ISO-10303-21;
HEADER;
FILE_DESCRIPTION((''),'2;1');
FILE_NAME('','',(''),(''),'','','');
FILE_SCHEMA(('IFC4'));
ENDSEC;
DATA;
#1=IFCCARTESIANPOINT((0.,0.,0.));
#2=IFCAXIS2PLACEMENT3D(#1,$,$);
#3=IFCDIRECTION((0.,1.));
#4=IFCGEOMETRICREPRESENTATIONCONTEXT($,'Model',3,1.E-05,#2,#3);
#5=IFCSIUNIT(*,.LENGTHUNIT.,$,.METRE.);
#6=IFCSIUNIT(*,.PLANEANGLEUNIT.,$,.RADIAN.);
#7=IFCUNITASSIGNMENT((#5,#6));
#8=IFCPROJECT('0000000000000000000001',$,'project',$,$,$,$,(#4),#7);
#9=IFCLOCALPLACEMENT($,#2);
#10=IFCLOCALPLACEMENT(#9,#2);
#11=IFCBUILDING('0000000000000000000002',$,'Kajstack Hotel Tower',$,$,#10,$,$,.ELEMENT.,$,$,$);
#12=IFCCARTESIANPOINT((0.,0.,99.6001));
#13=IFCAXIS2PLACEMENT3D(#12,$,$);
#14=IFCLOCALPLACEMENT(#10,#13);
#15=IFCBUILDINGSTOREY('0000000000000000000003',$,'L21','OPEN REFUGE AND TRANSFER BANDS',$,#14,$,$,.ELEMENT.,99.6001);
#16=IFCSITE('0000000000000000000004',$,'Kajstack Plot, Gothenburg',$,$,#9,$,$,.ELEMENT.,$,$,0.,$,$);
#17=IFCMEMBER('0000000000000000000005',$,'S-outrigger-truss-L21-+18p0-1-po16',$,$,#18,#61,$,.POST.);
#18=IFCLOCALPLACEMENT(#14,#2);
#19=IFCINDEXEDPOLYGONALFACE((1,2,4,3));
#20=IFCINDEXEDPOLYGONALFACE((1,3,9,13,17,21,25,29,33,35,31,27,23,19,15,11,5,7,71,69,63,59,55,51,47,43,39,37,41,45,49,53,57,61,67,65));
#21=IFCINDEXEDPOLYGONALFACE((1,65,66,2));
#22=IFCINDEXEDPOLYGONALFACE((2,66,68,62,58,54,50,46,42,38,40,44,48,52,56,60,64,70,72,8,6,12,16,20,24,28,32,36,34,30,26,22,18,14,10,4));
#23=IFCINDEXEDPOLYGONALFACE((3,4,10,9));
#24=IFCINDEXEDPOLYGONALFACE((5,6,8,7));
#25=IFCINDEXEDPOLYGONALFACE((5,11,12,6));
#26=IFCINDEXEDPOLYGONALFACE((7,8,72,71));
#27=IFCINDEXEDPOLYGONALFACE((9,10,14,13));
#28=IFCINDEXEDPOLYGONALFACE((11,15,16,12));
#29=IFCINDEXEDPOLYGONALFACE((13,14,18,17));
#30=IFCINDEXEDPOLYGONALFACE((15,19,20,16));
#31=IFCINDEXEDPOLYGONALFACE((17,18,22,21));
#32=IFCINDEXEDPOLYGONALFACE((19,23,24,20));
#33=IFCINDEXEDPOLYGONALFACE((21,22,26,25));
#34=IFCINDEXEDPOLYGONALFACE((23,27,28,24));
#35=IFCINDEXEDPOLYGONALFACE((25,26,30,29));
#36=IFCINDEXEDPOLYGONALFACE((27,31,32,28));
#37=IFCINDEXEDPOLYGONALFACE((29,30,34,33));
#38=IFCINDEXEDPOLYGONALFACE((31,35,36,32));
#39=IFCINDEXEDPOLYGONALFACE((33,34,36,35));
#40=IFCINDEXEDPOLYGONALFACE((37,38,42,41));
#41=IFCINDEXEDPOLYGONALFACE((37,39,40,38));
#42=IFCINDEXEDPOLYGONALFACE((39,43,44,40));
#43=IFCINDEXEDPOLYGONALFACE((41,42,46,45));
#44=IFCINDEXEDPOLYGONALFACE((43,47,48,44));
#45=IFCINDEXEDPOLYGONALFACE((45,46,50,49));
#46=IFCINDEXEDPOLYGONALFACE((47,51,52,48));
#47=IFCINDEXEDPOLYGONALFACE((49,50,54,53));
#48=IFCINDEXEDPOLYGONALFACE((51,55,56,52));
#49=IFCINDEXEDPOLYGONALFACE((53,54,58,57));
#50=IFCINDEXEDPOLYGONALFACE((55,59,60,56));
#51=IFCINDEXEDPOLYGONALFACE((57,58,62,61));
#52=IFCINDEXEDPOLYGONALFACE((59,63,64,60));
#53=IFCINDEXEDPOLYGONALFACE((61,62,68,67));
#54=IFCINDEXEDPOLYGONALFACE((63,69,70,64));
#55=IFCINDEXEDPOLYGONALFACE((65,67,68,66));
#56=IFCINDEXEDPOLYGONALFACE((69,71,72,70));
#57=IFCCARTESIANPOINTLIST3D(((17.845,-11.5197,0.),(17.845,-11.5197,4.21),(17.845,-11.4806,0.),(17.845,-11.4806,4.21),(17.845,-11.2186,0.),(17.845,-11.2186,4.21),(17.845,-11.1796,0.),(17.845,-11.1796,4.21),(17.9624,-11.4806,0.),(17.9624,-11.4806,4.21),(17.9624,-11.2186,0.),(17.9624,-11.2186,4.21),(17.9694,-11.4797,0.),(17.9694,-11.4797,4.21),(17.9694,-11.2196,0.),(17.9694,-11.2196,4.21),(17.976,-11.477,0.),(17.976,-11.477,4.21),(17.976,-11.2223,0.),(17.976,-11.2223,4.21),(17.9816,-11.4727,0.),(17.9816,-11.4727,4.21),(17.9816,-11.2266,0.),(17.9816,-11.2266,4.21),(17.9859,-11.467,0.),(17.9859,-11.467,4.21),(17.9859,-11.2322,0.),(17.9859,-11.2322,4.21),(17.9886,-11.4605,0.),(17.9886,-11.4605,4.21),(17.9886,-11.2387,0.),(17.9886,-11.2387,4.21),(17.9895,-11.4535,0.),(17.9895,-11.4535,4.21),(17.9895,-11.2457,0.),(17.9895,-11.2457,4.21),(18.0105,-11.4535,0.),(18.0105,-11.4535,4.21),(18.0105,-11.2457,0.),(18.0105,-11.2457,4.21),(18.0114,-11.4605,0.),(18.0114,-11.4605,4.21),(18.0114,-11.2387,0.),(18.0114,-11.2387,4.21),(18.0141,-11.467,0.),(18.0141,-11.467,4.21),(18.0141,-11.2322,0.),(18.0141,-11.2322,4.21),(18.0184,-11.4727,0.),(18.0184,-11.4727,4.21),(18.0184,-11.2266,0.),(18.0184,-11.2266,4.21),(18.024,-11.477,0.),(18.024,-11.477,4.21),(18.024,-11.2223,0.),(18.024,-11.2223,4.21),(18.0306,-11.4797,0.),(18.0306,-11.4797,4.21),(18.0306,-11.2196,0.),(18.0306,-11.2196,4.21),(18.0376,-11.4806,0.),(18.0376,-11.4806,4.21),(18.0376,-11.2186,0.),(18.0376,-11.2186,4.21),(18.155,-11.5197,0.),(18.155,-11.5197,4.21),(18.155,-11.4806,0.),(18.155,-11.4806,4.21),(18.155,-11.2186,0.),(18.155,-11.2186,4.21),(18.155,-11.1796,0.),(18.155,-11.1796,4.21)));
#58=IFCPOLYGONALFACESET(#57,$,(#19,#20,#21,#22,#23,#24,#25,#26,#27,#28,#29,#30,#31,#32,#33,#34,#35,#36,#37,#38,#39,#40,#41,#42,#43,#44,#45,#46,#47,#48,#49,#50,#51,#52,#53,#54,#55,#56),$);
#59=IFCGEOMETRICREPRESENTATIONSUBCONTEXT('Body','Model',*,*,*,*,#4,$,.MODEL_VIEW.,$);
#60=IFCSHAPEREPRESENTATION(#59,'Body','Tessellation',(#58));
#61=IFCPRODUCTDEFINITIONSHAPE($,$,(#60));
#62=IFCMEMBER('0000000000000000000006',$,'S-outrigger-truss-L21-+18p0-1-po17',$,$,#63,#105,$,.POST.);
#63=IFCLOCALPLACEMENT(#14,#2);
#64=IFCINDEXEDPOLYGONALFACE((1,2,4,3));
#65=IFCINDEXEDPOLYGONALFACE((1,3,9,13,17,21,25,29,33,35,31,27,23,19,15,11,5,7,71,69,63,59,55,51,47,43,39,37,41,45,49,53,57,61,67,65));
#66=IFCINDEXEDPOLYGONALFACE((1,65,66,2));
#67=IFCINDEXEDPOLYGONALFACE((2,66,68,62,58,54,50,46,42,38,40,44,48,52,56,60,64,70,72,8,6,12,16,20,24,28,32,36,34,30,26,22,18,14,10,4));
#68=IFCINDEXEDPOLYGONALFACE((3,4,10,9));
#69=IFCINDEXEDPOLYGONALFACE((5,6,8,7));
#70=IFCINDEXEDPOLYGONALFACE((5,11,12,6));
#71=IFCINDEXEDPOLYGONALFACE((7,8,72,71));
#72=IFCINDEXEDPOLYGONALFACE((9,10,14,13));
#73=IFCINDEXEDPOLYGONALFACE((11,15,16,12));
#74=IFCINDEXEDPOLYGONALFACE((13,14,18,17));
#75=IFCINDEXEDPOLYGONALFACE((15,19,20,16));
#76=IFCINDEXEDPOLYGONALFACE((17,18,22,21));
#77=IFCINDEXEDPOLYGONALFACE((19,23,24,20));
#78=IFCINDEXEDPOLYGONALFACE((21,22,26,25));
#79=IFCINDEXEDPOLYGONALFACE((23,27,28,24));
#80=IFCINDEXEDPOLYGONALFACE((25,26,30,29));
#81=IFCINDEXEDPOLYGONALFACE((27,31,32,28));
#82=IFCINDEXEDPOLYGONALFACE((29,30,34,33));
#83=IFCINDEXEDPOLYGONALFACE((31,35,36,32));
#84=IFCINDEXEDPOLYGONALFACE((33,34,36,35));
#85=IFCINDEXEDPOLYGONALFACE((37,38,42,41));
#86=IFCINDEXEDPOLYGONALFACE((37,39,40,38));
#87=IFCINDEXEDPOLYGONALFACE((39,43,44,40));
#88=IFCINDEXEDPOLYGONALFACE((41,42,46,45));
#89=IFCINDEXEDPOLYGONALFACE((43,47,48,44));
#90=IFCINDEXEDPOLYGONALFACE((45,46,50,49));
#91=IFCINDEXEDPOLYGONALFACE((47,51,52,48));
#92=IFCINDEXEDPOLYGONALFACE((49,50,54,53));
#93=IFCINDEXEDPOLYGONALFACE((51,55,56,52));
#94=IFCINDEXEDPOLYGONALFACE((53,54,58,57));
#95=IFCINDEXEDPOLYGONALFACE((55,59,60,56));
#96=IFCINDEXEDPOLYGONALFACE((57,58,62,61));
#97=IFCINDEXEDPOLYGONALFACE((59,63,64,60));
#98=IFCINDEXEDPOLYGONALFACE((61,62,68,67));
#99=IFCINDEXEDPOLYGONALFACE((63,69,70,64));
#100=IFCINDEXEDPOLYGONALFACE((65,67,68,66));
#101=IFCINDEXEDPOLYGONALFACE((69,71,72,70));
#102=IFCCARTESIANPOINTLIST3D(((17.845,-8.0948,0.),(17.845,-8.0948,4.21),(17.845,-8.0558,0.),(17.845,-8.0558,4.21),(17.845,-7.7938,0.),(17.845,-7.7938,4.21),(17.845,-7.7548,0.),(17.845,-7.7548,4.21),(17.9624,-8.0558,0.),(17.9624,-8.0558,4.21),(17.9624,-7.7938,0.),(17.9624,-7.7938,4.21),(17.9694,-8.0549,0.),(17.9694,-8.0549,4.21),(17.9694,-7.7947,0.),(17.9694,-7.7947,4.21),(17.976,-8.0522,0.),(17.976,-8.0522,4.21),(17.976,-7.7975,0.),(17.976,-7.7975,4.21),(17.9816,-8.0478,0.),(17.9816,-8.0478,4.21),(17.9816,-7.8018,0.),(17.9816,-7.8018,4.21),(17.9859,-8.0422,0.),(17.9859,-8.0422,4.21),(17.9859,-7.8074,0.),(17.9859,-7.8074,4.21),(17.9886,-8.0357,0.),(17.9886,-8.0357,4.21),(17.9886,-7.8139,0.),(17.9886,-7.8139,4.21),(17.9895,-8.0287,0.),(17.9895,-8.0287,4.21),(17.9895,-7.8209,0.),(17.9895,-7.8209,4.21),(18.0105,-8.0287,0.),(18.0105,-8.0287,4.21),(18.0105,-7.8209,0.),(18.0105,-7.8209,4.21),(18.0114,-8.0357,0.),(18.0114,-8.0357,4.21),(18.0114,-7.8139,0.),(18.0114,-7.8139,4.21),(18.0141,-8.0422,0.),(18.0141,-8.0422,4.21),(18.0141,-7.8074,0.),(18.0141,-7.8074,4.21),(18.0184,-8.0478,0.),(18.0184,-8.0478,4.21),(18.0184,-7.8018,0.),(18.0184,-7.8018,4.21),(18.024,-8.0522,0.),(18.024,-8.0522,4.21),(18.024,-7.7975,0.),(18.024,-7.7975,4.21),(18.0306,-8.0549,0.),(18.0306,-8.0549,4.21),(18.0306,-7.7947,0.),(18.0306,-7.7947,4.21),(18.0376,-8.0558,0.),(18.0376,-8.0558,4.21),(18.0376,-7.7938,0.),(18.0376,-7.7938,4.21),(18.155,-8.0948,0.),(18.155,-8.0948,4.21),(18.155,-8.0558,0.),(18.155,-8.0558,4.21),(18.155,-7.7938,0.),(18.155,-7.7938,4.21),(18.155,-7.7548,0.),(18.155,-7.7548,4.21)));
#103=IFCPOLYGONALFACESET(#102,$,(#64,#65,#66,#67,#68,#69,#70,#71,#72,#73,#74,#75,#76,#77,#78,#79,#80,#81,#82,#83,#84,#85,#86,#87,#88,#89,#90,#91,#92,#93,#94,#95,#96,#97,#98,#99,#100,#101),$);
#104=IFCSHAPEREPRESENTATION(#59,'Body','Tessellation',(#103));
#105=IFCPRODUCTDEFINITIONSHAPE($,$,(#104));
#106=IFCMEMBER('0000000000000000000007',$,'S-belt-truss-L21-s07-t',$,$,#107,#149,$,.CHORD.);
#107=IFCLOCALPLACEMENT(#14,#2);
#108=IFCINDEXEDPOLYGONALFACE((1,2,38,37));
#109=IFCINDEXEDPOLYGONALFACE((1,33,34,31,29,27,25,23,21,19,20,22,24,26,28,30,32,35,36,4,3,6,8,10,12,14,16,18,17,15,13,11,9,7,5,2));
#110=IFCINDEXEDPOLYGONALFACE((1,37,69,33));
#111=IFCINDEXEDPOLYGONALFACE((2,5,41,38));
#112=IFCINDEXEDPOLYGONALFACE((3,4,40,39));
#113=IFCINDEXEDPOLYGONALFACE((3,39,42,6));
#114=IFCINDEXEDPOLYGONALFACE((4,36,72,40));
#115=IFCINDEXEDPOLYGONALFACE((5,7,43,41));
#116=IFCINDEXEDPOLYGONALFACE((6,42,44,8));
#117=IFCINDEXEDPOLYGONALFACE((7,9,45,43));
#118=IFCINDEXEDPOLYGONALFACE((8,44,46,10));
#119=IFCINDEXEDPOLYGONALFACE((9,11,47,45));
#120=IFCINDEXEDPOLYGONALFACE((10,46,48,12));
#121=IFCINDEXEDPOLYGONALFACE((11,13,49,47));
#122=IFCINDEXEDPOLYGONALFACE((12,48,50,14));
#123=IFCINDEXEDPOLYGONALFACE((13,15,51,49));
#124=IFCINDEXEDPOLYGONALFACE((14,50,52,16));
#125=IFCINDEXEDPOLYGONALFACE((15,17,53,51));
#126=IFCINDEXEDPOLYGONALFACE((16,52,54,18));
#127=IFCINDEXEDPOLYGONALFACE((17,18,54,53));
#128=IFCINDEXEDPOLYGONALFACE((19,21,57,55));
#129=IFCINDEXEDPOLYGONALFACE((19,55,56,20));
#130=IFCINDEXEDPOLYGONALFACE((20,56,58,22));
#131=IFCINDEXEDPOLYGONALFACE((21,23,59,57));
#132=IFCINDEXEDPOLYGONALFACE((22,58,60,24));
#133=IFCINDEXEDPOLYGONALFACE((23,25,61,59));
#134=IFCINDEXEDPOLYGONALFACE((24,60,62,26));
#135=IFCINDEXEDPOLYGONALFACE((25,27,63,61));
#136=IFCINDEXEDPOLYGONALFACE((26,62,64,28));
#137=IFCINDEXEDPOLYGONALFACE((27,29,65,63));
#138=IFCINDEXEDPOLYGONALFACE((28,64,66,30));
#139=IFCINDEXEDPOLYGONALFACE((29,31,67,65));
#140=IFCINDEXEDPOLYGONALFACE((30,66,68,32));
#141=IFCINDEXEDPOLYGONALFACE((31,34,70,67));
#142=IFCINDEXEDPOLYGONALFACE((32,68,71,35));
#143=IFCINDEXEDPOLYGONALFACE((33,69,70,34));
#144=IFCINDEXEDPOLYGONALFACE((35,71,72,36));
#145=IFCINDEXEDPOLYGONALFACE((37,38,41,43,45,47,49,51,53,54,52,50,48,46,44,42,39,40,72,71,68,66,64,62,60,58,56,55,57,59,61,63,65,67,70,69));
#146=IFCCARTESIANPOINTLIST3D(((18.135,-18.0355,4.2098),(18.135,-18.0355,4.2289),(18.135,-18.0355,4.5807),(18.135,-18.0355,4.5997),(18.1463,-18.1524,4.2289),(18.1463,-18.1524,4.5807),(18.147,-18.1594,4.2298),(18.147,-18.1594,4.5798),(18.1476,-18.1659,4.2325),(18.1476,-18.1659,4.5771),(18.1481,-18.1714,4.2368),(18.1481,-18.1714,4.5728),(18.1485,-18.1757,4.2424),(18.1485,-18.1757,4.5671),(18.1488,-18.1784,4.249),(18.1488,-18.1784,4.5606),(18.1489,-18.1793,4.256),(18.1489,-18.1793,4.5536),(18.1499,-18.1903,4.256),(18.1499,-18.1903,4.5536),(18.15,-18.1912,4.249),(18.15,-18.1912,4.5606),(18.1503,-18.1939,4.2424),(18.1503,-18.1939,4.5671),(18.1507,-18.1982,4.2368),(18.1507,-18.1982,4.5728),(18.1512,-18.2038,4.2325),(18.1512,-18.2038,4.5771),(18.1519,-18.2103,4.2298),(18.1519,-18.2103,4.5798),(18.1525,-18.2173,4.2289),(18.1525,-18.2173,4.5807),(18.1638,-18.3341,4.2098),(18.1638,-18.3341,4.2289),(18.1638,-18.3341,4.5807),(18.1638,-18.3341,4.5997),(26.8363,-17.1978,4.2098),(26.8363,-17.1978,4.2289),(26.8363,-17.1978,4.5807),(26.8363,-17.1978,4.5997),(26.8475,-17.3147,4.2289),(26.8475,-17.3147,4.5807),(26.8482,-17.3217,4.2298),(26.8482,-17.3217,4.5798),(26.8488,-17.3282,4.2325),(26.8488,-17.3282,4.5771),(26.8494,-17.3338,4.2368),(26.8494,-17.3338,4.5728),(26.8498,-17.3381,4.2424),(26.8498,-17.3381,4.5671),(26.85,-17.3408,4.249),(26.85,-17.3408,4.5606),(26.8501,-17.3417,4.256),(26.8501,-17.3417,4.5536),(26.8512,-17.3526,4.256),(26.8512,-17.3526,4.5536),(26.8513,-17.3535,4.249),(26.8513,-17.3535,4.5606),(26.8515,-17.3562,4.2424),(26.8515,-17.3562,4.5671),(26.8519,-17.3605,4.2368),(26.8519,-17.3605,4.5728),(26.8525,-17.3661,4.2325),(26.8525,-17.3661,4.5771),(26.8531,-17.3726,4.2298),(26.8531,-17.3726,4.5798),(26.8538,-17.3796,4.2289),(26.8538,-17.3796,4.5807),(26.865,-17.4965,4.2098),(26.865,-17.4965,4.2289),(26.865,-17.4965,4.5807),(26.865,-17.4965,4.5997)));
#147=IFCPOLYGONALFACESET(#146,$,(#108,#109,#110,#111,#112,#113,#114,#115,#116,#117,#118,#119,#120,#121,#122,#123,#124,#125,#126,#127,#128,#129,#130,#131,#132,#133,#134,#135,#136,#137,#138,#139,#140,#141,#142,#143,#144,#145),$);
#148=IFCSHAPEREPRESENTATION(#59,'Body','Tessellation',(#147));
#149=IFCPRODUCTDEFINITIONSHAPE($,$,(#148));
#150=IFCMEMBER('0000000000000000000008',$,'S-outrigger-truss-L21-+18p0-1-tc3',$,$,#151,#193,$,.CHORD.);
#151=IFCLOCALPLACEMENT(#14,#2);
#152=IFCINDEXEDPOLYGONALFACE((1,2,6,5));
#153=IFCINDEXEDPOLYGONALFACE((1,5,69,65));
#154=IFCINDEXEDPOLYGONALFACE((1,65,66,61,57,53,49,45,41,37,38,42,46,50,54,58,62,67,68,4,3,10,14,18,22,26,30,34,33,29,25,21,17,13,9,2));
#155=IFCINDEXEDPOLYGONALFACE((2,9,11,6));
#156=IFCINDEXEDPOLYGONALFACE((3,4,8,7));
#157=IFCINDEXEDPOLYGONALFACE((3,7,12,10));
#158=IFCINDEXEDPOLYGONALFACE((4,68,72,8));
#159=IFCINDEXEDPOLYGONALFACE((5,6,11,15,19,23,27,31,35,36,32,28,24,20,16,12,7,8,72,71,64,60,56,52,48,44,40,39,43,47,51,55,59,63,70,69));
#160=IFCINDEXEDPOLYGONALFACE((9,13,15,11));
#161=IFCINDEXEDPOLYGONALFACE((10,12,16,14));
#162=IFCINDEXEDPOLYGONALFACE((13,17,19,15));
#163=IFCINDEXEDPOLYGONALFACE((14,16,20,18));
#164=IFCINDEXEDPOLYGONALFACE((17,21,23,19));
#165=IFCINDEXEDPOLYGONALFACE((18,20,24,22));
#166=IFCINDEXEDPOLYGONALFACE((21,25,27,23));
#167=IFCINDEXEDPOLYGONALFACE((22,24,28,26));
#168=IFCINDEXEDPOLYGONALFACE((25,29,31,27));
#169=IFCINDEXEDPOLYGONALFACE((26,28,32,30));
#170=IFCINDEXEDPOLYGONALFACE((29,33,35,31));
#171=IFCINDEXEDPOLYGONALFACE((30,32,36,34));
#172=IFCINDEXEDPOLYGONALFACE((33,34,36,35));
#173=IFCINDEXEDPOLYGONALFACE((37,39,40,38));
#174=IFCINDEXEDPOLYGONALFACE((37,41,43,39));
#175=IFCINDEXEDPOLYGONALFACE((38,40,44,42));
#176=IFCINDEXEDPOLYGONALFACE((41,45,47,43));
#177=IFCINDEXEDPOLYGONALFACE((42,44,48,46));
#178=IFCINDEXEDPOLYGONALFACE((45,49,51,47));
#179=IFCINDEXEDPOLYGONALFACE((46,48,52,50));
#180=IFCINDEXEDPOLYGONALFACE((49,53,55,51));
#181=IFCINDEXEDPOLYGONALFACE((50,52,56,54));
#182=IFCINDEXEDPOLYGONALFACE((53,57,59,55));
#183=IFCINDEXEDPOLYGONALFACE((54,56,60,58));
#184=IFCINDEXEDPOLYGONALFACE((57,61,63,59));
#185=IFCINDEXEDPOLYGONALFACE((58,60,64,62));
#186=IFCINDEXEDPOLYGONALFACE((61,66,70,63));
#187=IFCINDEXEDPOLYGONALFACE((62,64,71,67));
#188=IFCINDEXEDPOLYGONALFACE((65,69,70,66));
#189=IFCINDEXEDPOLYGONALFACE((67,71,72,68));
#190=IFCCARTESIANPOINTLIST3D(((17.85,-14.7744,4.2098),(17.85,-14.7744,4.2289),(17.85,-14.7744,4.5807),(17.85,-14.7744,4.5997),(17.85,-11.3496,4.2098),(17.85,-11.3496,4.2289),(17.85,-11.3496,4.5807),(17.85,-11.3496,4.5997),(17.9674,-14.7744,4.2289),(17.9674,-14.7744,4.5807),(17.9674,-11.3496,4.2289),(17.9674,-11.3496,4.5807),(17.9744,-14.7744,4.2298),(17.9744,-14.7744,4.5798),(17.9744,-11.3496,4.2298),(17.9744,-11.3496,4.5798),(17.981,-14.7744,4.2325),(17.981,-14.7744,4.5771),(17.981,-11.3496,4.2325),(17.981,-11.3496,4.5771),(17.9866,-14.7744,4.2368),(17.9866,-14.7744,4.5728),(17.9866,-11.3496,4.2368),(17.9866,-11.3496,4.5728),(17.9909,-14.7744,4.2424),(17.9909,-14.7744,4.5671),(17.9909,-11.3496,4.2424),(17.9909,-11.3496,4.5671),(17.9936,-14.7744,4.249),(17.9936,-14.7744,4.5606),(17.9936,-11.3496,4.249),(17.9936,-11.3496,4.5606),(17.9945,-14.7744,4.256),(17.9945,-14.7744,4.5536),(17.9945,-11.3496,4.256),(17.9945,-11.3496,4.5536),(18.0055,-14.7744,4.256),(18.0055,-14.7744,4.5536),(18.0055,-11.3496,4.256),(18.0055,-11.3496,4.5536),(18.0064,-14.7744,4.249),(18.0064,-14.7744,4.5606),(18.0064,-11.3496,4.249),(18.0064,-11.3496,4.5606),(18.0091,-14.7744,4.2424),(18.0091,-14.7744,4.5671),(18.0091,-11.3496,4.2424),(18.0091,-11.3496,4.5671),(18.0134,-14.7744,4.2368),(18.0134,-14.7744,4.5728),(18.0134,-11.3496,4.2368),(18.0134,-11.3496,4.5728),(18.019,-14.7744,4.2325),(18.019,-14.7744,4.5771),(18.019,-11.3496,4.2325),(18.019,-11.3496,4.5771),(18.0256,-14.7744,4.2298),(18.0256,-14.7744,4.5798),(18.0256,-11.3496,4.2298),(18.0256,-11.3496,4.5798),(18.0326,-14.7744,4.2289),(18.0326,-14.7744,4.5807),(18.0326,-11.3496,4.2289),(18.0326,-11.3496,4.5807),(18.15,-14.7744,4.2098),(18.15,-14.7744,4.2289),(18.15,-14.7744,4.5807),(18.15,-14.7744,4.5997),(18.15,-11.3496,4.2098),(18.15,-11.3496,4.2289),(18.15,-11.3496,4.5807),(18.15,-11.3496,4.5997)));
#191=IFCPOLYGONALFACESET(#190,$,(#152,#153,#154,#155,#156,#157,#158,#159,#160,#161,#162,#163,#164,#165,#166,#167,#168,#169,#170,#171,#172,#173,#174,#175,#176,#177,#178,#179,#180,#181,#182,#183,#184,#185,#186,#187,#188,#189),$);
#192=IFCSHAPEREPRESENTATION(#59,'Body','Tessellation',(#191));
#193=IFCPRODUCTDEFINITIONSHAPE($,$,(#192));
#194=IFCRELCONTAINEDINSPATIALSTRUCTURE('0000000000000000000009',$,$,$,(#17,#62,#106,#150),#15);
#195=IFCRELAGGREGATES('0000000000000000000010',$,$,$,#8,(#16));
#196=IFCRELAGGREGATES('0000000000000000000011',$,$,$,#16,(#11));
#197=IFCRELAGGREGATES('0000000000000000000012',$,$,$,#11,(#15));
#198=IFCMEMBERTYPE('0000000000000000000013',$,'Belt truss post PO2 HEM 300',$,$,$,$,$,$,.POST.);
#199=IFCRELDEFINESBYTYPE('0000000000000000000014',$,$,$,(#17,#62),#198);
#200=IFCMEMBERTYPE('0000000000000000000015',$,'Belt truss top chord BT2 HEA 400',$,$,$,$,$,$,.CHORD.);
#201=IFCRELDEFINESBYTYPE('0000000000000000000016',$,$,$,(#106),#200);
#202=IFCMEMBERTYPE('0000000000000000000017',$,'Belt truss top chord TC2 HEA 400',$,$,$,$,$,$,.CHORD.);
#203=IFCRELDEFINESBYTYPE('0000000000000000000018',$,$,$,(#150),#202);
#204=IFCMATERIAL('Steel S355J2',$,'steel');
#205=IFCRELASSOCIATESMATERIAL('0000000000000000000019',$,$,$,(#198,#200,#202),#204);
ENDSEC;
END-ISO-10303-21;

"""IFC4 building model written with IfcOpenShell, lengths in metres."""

from ifc_helpers import new_model, si_unit, direction, frame, origin, origin_2d, place, context, subcontext, project, spatial, i_section, extrude, material, material_profile, profile_set, type_object, element, save


model = new_model("IFC4")

# Units and contexts
model_context = context("Model", 3, precision=1e-05, world=origin(), true_north=direction((0.0, 1.0)))
body_context = subcontext(model_context, "Body", "Model", "MODEL_VIEW")
ifc_project = project(units=[si_unit("LENGTHUNIT", "METRE"), si_unit("PLANEANGLEUNIT", "RADIAN")], contexts=[model_context])

# Site, building, storey
site_placement = place(None, origin())
site = spatial("IfcSite", under=ifc_project, at=site_placement, Name="Kajstack Plot, Gothenburg", CompositionType="ELEMENT", RefElevation=0.0)
building_placement = place(site_placement, origin())
building = spatial("IfcBuilding", under=site, at=building_placement, Name="Kajstack Hotel Tower", CompositionType="ELEMENT")
storey_placement = place(building_placement, frame((0.0, 0.0, 99.6001)))
storey = spatial("IfcBuildingStorey", under=building, at=storey_placement, Name="L21", Description="OPEN REFUGE AND TRANSFER BANDS", CompositionType="ELEMENT", Elevation=99.6001)

# Members
ifc_material_1 = material(Name="Steel S355J2", Category="steel")
ifc_material_profile_1 = material_profile(ifc_material_1, i_section(OverallWidth=0.3101, OverallDepth=0.3401, WebThickness=0.021, FlangeThickness=0.0391, FilletRadius=0.0271, at=origin_2d()), Name="HEM 300")
ifc_profile_set_1 = profile_set([ifc_material_profile_1], Name="Steel S355J2")
member_type_1 = type_object("IfcMemberType", Name="Belt truss post PO2 HEM 300", PredefinedType="POST", material=ifc_profile_set_1)
for number, where, z_axis, x_axis, name in (
    (1, (18.0, -11.3496, 0.0), (0.0, 0.0, 1.0), (1.0, 0.0, 0.0), "S-outrigger-truss-L21-+18p0-1-po16"),
    (2, (18.0, -7.9248, 0.0), (0.0, 0.0, 1.0), (1.0, 0.0, 0.0), "S-outrigger-truss-L21-+18p0-1-po17"),
):
    element("IfcMember", number, at=place(storey_placement, frame(where, z_axis=z_axis, x_axis=x_axis)), inside=storey, type_object=member_type_1, Name=name, PredefinedType="POST", context=body_context, shape_type="SweptSolid", body=[
        extrude(i_section(OverallWidth=0.3101, OverallDepth=0.3401, WebThickness=0.021, FlangeThickness=0.0391, FilletRadius=0.0271, at=origin_2d()), origin(), (0.0, 0.0, 1.0), 4.21),
    ])
ifc_material_profile_2 = material_profile(ifc_material_1, i_section(OverallWidth=0.3, OverallDepth=0.3899, WebThickness=0.011, FlangeThickness=0.019, FilletRadius=0.0271, at=origin_2d()), Name="HEA 400")
ifc_profile_set_2 = profile_set([ifc_material_profile_2], Name="Steel S355J2")
member_type_2 = type_object("IfcMemberType", Name="Belt truss top chord BT2 HEA 400", PredefinedType="CHORD", material=ifc_profile_set_2)
member_1_placement = place(storey_placement, frame((18.1494, -18.1848, 4.4048), z_axis=(0.995398, 0.095825, 0.0), x_axis=(-0.095825, 0.995398, 0.0)))
element("IfcMember", 3, at=member_1_placement, inside=storey, type_object=member_type_2, Name="S-belt-truss-L21-s07-t", PredefinedType="CHORD", context=body_context, shape_type="SweptSolid", body=[
    extrude(i_section(OverallWidth=0.3, OverallDepth=0.3899, WebThickness=0.011, FlangeThickness=0.019, FilletRadius=0.0271, at=origin_2d()), origin(), (0.0, 0.0, 1.0), 8.7415),
])
ifc_material_profile_3 = material_profile(ifc_material_1, i_section(OverallWidth=0.3, OverallDepth=0.3899, WebThickness=0.011, FlangeThickness=0.019, FilletRadius=0.0271, at=origin_2d()), Name="HEA 400")
ifc_profile_set_3 = profile_set([ifc_material_profile_3], Name="Steel S355J2")
member_type_3 = type_object("IfcMemberType", Name="Belt truss top chord TC2 HEA 400", PredefinedType="CHORD", material=ifc_profile_set_3)
for number, where, z_axis, x_axis, name in (
    (4, (18.0, -14.7744, 4.4048), (0.0, 1.0, 0.0), (-1.0, 0.0, 0.0), "S-outrigger-truss-L21-+18p0-1-tc3"),
):
    element("IfcMember", number, at=place(storey_placement, frame(where, z_axis=z_axis, x_axis=x_axis)), inside=storey, type_object=member_type_3, Name=name, PredefinedType="CHORD", context=body_context, shape_type="SweptSolid", body=[
        extrude(i_section(OverallWidth=0.3, OverallDepth=0.3899, WebThickness=0.011, FlangeThickness=0.019, FilletRadius=0.0271, at=origin_2d()), origin(), (0.0, 0.0, 1.0), 3.4248),
    ])

save(model, "model.ifc")
